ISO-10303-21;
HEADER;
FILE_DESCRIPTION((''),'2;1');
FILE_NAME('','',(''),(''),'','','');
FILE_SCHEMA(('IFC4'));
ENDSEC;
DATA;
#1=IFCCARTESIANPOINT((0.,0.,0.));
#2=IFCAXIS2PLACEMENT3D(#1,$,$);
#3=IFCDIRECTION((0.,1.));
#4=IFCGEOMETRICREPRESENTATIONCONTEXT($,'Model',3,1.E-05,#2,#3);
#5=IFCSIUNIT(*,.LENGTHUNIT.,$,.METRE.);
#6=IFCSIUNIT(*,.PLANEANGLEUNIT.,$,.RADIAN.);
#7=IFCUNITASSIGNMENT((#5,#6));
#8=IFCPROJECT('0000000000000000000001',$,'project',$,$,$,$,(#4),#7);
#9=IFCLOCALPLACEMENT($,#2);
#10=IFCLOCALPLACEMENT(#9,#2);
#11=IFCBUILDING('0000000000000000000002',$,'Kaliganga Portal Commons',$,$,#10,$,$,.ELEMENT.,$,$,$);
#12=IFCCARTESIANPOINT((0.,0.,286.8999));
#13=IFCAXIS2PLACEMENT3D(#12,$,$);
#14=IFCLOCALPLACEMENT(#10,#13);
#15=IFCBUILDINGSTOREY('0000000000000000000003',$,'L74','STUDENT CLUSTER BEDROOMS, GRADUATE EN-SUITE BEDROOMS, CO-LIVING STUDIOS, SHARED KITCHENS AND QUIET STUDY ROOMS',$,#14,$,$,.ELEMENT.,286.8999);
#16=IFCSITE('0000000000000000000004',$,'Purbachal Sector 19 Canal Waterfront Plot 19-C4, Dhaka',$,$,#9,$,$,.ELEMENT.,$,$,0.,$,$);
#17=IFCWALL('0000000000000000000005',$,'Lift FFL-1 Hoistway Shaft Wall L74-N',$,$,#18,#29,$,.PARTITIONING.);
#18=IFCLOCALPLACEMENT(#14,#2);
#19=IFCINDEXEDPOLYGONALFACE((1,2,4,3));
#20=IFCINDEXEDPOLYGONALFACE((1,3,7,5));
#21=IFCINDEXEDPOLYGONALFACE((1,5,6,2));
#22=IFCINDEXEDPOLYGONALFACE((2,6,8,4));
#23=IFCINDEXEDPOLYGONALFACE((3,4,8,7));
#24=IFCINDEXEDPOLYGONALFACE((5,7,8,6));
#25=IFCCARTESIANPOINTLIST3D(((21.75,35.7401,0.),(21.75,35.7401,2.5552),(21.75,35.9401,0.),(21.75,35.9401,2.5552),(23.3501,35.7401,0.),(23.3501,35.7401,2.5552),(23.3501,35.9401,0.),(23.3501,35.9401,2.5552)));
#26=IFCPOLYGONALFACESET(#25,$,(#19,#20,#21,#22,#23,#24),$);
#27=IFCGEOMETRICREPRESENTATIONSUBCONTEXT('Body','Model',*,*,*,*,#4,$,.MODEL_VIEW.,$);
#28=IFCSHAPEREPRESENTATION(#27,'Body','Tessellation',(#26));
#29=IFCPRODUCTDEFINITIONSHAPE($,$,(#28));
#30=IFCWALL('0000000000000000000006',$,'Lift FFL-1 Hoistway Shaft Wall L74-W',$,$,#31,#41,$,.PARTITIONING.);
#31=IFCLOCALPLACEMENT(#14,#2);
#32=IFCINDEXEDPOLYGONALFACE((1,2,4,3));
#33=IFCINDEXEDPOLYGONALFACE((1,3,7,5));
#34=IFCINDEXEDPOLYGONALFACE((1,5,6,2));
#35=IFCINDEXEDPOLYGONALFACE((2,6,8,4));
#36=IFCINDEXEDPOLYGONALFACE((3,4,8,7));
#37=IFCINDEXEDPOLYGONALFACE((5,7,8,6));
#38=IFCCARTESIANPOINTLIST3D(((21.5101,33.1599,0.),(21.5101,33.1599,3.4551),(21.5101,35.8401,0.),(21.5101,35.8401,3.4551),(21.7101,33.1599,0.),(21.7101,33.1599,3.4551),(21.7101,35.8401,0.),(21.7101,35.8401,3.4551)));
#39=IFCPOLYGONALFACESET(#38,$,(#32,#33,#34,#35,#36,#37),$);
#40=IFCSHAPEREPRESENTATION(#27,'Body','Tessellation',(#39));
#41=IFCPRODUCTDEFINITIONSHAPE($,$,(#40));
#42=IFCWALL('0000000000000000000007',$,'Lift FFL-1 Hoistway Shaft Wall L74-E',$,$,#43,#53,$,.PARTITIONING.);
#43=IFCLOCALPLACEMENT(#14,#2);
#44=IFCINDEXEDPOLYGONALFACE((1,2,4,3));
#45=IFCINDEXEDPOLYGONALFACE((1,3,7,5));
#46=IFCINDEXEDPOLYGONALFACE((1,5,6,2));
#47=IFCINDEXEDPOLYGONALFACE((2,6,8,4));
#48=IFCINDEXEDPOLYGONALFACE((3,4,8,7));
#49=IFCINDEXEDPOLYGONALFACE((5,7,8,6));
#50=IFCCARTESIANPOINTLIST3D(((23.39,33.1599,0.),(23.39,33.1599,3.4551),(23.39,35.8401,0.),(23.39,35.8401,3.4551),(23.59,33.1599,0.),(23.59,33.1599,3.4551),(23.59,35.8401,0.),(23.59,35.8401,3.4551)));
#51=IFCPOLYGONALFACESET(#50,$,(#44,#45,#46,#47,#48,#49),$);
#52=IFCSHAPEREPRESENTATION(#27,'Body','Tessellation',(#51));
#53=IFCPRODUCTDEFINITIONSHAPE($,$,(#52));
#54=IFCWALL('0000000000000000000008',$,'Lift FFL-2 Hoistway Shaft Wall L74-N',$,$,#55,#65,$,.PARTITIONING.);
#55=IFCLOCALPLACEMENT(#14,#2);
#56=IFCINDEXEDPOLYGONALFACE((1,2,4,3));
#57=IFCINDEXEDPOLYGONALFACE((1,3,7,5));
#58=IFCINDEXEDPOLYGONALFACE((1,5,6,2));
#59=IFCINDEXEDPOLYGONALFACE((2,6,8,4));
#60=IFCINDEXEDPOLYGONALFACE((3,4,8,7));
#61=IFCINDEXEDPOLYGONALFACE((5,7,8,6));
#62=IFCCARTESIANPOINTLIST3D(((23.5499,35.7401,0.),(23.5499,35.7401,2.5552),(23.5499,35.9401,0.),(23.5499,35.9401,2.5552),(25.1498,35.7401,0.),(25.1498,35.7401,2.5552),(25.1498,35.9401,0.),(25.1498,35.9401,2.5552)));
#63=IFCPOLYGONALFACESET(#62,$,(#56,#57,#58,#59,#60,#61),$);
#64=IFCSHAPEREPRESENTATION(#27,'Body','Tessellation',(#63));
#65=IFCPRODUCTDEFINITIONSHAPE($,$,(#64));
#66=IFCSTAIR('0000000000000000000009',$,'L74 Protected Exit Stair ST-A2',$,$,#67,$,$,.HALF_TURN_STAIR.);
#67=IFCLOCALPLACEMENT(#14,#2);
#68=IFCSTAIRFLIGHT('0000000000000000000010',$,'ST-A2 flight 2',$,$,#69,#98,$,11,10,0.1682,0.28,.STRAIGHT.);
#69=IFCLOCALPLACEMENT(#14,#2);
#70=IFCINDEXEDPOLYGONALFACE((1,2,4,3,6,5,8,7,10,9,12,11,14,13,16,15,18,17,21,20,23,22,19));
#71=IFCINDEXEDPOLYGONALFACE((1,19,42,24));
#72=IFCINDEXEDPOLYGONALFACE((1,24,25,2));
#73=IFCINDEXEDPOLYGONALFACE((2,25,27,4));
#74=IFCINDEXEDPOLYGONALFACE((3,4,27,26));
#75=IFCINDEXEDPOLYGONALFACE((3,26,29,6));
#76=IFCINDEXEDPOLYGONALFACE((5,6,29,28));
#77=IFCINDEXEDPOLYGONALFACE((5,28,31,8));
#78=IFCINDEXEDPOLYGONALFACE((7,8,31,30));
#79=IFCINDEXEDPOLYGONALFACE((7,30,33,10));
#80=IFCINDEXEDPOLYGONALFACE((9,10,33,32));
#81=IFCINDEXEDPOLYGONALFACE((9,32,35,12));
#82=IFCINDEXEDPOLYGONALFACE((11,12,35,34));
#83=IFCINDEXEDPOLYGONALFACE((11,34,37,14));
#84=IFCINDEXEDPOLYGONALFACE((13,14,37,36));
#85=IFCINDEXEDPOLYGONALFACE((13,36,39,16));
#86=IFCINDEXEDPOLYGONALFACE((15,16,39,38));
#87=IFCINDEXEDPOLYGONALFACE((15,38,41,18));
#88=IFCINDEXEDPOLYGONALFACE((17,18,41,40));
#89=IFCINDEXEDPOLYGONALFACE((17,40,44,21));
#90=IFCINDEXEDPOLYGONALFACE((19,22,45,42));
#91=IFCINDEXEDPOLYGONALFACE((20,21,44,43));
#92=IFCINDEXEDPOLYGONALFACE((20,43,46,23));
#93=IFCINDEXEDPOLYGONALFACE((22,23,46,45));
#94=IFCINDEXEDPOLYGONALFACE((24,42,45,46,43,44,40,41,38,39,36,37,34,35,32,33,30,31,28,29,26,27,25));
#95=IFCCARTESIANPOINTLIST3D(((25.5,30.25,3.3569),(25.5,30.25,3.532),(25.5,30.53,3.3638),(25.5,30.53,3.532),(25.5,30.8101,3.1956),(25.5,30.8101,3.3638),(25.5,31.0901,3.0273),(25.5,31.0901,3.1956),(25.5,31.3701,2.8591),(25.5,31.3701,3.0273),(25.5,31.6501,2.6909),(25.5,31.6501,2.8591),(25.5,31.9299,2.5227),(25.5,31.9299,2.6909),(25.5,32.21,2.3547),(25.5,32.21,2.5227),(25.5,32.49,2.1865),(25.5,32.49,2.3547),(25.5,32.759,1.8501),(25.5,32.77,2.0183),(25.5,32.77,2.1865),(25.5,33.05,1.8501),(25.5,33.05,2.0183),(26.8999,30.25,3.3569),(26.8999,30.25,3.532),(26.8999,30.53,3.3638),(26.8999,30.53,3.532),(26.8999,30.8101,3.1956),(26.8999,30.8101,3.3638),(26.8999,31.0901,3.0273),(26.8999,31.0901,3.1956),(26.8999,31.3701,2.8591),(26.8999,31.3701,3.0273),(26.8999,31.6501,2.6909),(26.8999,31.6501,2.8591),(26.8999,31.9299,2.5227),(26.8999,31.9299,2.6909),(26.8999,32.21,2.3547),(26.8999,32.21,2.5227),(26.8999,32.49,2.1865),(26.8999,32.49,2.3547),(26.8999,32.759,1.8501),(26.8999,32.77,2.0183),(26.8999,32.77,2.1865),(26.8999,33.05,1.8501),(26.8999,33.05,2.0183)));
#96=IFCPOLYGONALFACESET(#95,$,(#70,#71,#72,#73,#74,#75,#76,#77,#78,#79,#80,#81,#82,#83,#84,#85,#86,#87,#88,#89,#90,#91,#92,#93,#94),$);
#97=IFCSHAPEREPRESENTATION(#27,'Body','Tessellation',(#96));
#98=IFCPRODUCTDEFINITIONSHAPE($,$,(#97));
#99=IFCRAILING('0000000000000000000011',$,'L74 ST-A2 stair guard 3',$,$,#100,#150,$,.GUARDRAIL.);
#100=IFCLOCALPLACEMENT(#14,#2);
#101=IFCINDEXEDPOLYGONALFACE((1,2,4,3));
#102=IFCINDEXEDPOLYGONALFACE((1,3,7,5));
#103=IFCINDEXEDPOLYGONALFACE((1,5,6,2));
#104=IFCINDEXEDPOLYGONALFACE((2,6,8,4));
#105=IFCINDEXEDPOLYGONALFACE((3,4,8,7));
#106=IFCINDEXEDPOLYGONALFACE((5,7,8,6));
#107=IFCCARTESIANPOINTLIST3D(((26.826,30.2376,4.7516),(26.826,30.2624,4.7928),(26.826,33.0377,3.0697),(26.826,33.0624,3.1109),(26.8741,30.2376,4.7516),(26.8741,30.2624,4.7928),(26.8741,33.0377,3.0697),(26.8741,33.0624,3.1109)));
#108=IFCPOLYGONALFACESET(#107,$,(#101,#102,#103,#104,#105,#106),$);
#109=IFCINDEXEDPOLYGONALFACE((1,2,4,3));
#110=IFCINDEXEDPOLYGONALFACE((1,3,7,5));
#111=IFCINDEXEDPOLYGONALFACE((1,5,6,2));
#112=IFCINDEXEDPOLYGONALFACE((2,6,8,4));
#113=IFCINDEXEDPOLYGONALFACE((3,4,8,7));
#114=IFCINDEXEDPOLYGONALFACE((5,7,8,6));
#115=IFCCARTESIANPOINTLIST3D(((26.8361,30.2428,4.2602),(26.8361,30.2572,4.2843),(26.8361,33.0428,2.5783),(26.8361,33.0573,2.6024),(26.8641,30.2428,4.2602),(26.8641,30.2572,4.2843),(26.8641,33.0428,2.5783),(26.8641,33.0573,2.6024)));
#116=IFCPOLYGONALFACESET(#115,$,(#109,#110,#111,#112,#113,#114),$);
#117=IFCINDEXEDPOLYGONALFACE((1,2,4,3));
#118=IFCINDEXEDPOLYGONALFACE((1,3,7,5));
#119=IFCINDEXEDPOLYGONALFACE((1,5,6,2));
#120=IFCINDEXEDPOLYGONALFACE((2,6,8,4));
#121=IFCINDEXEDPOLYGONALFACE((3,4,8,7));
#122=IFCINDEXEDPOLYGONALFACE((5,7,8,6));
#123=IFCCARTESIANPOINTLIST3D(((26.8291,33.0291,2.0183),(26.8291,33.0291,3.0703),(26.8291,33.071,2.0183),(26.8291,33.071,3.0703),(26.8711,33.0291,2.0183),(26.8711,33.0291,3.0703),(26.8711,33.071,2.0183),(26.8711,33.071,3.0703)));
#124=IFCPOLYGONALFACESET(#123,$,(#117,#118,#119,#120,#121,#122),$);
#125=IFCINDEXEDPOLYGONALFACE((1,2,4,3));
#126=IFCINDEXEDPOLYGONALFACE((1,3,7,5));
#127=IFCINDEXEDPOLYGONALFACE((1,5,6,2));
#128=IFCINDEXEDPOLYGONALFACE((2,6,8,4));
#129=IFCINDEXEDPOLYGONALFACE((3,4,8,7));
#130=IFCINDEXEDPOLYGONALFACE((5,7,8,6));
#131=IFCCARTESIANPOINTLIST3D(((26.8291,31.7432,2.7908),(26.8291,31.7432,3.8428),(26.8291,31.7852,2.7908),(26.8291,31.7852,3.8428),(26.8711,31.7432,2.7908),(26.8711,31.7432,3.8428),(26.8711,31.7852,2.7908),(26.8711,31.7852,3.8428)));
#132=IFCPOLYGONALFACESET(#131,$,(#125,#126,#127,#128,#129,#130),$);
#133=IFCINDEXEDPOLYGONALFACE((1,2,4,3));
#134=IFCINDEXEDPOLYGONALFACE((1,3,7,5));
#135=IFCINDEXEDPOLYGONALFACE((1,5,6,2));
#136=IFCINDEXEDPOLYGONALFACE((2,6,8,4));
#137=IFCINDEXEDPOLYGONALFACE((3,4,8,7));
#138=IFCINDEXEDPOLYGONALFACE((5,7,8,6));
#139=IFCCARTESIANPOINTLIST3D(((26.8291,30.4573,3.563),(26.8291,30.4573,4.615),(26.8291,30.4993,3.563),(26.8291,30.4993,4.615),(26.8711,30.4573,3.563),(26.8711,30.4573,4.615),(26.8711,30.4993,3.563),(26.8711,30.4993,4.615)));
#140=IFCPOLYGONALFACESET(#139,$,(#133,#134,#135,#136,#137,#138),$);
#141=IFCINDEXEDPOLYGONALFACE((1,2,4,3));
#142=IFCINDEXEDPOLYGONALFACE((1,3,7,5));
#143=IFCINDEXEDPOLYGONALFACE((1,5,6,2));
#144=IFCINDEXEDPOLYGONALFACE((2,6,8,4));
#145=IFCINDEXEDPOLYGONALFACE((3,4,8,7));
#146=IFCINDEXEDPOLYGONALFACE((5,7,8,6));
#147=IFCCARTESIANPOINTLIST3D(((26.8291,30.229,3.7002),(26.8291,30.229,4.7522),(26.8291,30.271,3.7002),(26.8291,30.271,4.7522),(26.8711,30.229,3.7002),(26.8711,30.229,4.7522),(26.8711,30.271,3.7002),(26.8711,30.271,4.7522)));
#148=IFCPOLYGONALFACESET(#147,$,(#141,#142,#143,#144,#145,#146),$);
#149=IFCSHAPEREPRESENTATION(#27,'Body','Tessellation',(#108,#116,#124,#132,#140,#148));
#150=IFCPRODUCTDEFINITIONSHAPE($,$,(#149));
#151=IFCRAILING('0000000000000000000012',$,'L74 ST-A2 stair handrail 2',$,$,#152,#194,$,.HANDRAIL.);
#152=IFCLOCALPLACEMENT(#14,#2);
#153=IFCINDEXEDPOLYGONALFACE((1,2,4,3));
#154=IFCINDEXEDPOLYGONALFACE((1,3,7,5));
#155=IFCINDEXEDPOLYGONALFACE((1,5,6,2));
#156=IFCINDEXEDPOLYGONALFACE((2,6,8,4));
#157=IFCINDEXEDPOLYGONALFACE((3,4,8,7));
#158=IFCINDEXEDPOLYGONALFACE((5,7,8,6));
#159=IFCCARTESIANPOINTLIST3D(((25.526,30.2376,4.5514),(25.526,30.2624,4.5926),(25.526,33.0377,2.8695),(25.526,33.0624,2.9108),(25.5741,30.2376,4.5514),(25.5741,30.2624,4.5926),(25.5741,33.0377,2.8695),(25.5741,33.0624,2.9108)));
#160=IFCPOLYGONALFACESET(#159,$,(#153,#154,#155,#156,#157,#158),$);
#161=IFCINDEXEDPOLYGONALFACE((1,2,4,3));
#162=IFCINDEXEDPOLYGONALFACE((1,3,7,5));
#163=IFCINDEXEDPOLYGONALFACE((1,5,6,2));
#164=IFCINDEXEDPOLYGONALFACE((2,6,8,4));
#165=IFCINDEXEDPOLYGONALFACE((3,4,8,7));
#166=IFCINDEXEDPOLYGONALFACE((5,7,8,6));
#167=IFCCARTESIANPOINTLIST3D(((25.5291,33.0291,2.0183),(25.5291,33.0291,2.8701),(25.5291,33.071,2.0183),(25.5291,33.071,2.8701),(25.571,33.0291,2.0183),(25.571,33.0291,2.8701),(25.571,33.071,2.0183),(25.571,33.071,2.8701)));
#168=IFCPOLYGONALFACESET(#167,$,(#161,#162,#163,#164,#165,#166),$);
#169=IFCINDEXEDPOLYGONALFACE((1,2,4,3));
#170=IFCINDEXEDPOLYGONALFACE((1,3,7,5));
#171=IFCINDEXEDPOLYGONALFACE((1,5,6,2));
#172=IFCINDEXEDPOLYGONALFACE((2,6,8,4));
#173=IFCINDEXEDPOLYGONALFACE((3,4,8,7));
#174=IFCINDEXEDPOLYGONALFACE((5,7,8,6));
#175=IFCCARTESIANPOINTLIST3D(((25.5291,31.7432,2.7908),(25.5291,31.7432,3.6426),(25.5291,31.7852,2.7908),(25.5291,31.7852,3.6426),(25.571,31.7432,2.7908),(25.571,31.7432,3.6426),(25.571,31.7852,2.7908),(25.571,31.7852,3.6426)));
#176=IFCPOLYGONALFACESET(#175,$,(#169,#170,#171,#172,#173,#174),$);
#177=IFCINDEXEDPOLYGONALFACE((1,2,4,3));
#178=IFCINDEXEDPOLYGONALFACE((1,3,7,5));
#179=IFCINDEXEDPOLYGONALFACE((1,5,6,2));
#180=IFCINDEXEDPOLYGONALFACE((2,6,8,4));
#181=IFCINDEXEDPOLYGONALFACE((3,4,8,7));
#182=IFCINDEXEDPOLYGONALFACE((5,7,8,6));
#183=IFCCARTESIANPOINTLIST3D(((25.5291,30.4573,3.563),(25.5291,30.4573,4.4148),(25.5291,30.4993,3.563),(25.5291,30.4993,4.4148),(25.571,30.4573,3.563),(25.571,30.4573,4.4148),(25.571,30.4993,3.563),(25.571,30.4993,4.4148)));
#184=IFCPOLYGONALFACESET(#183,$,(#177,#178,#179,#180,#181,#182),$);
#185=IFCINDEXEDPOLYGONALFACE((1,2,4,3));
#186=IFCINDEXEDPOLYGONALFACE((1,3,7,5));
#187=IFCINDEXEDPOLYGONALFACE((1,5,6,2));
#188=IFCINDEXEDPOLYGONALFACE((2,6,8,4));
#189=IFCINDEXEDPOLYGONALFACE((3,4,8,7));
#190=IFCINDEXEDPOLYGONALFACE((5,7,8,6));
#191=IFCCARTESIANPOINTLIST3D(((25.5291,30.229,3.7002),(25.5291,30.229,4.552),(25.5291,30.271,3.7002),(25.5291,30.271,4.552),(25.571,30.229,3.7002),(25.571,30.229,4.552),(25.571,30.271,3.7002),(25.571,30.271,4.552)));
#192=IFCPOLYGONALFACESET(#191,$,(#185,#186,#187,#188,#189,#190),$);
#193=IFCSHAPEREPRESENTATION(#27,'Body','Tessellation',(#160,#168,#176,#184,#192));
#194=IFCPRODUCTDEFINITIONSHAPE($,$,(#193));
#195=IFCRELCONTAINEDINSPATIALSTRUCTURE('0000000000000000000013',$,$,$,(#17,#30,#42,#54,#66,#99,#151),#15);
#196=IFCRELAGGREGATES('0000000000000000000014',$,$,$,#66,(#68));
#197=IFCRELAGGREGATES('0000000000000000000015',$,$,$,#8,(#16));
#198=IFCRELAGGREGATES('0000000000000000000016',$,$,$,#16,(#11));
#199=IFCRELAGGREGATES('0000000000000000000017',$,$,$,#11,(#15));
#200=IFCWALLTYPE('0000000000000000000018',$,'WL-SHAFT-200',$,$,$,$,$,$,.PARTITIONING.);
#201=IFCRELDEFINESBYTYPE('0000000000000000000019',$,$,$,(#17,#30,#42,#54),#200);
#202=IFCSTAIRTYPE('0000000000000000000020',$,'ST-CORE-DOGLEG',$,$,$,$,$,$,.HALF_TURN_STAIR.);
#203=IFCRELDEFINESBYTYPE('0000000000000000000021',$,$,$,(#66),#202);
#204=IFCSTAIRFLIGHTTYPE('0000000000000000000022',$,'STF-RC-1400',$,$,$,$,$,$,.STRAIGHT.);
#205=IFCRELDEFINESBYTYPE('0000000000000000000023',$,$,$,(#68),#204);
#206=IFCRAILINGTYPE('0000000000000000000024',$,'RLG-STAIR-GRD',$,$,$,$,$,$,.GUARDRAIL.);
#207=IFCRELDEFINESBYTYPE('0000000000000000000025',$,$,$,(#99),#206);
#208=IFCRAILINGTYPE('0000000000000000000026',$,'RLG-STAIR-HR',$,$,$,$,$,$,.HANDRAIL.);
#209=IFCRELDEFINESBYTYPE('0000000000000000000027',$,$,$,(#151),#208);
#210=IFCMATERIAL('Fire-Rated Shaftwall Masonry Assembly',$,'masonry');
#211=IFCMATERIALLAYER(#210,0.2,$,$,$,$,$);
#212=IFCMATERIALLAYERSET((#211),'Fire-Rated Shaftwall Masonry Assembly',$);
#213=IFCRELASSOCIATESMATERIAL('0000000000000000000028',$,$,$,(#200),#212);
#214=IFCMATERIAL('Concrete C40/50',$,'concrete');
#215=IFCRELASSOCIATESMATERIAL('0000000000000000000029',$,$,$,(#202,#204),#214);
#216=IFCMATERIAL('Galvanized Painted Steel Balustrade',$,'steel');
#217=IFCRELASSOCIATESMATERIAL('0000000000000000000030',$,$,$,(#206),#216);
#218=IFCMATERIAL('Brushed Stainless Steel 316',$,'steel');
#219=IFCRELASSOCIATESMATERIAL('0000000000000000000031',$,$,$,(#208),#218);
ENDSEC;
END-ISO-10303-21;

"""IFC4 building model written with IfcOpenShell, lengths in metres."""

from ifc_helpers import new_model, si_unit, direction, frame, frame_2d, origin, origin_2d, place, context, subcontext, project, spatial, polyline, rectangle, outline, extrude, material, layer, layer_set, type_object, element, aggregate, save


model = new_model("IFC4")

# Units and contexts
model_context = context("Model", 3, precision=1e-05, world=origin(), true_north=direction((0.0, 1.0)))
body_context = subcontext(model_context, "Body", "Model", "MODEL_VIEW")
ifc_project = project(units=[si_unit("LENGTHUNIT", "METRE"), si_unit("PLANEANGLEUNIT", "RADIAN")], contexts=[model_context])

# Site, building, storey
site_placement = place(None, origin())
site = spatial("IfcSite", under=ifc_project, at=site_placement, Name="Purbachal Sector 19 Canal Waterfront Plot 19-C4, Dhaka", CompositionType="ELEMENT", RefElevation=0.0)
building_placement = place(site_placement, origin())
building = spatial("IfcBuilding", under=site, at=building_placement, Name="Kaliganga Portal Commons", CompositionType="ELEMENT")
storey_placement = place(building_placement, frame((0.0, 0.0, 286.8999)))
storey = spatial("IfcBuildingStorey", under=building, at=storey_placement, Name="L74", Description="STUDENT CLUSTER BEDROOMS, GRADUATE EN-SUITE BEDROOMS, CO-LIVING STUDIOS, SHARED KITCHENS AND QUIET STUDY ROOMS", CompositionType="ELEMENT", Elevation=286.8999)

# Shared definitions
ifc_material_1 = material(Name="Fire-Rated Shaftwall Masonry Assembly", Category="masonry")
ifc_layer_1 = layer(ifc_material_1, 0.2)
ifc_layer_set_1 = layer_set([ifc_layer_1], Name="Fire-Rated Shaftwall Masonry Assembly")
wall_type_1 = type_object("IfcWallType", Name="WL-SHAFT-200", PredefinedType="PARTITIONING", material=ifc_layer_set_1)

# Walls
wall_1_placement = place(storey_placement, frame((21.75, 35.8401, 0.0), z_axis=(0.0, 0.0, 1.0), x_axis=(1.0, 0.0, 0.0)))
element("IfcWall", 1, at=wall_1_placement, inside=storey, type_object=wall_type_1, Name="Lift FFL-1 Hoistway Shaft Wall L74-N", PredefinedType="PARTITIONING", context=body_context, shape_type="SweptSolid", body=[
    extrude(rectangle(XDim=1.6001, YDim=0.2, at=frame_2d((0.8, 0.0))), origin(), (0.0, 0.0, 1.0), 2.5552),
])
for number, where, z_axis, x_axis, name in (
    (2, (21.6101, 33.1599, 0.0), (0.0, 0.0, 1.0), (0.0, 1.0, 0.0), "Lift FFL-1 Hoistway Shaft Wall L74-W"),
    (3, (23.49, 33.1599, 0.0), (0.0, 0.0, 1.0), (0.0, 1.0, 0.0), "Lift FFL-1 Hoistway Shaft Wall L74-E"),
):
    element("IfcWall", number, at=place(storey_placement, frame(where, z_axis=z_axis, x_axis=x_axis)), inside=storey, type_object=wall_type_1, Name=name, PredefinedType="PARTITIONING", context=body_context, shape_type="SweptSolid", body=[
        extrude(rectangle(XDim=2.6802, YDim=0.2, at=frame_2d((1.3401, 0.0))), origin(), (0.0, 0.0, 1.0), 3.4551),
    ])

# Wall
wall_2_placement = place(storey_placement, frame((23.55, 35.8401, 0.0), z_axis=(0.0, 0.0, 1.0), x_axis=(1.0, 0.0, 0.0)))
element("IfcWall", 4, at=wall_2_placement, inside=storey, type_object=wall_type_1, Name="Lift FFL-2 Hoistway Shaft Wall L74-N", PredefinedType="PARTITIONING", context=body_context, shape_type="SweptSolid", body=[
    extrude(rectangle(XDim=1.5999, YDim=0.2, at=frame_2d((0.7998, 0.0))), origin(), (0.0, 0.0, 1.0), 2.5552),
])

# Stair, stair flight
ifc_material_2 = material(Name="Concrete C40/50", Category="concrete")
stair_type = type_object("IfcStairType", Name="ST-CORE-DOGLEG", PredefinedType="HALF_TURN_STAIR", material=ifc_material_2)
stair_placement = place(storey_placement, origin())
stair = element("IfcStair", 5, at=stair_placement, inside=storey, type_object=stair_type, Name="L74 Protected Exit Stair ST-A2", PredefinedType="HALF_TURN_STAIR")
stair_flight_type = type_object("IfcStairFlightType", Name="STF-RC-1400", PredefinedType="STRAIGHT", material=ifc_material_2)
stair_flight_placement = place(storey_placement, frame((26.2, 33.05, 1.8501), z_axis=(0.0, 0.0, 1.0), x_axis=(0.0, -1.0, 0.0)))
stair_flight = element("IfcStairFlight", 6, at=stair_flight_placement, type_object=stair_flight_type, Name="ST-A2 flight 2", NumberOfRisers=11, NumberOfTreads=10, PredefinedType="STRAIGHT", RiserHeight=0.1682, TreadLength=0.28, context=body_context, shape_type="SweptSolid", body=[
    extrude(outline(polyline([(0.0, 0.0), (0.0, 0.1682), (0.28, 0.1682), (0.28, 0.3364), (0.5601, 0.3364), (0.5601, 0.5046), (0.8401, 0.5046), (0.8401, 0.6726), (1.1201, 0.6726), (1.1201, 0.8408), (1.3999, 0.8408), (1.3999, 1.009), (1.6799, 1.009), (1.6799, 1.1772), (1.96, 1.1772), (1.96, 1.3455), (2.24, 1.3455), (2.24, 1.5137), (2.52, 1.5137), (2.52, 1.6819), (2.8, 1.6819), (2.8, 1.8501), (2.8, 1.5068), (0.291, 0.0), (0.0, 0.0)])), frame((0.0, 0.7, 0.0), z_axis=(0.0, -1.0, 0.0), x_axis=(1.0, 0.0, 0.0)), (0.0, 0.0, 1.0), 1.3999),
])
aggregate(stair, [stair_flight])

# Railings
ifc_material_3 = material(Name="Galvanized Painted Steel Balustrade", Category="steel")
railing_type_1 = type_object("IfcRailingType", Name="RLG-STAIR-GRD", PredefinedType="GUARDRAIL", material=ifc_material_3)
railing_1_placement = place(storey_placement, frame((26.8501, 33.05, 2.0183)))
element("IfcRailing", 7, at=railing_1_placement, inside=storey, type_object=railing_type_1, Name="L74 ST-A2 stair guard 3", PredefinedType="GUARDRAIL", context=body_context, shape_type="SweptSolid", body=[
    extrude(rectangle(XDim=0.0481, YDim=0.0481, at=origin_2d()), frame((0.0, 0.0, 1.072), z_axis=(0.0, -0.857242, 0.514913), x_axis=(1.0, 0.0, 0.0)), (0.0, 0.0, 1.0), 3.2664),
    extrude(rectangle(XDim=0.0281, YDim=0.0281, at=origin_2d()), frame((0.0, 0.0, 0.572), z_axis=(0.0, -0.857242, 0.514913), x_axis=(1.0, 0.0, 0.0)), (0.0, 0.0, 1.0), 3.2664),
    extrude(rectangle(XDim=0.042, YDim=0.042, at=origin_2d()), origin(), (0.0, 0.0, 1.0), 1.052),
    extrude(rectangle(XDim=0.042, YDim=0.042, at=origin_2d()), frame((0.0, -1.2859, 0.7725)), (0.0, 0.0, 1.0), 1.052),
    extrude(rectangle(XDim=0.042, YDim=0.042, at=origin_2d()), frame((0.0, -2.5718, 1.5447)), (0.0, 0.0, 1.0), 1.052),
    extrude(rectangle(XDim=0.042, YDim=0.042, at=origin_2d()), frame((0.0, -2.8, 1.6819)), (0.0, 0.0, 1.0), 1.052),
])
ifc_material_4 = material(Name="Brushed Stainless Steel 316", Category="steel")
railing_type_2 = type_object("IfcRailingType", Name="RLG-STAIR-HR", PredefinedType="HANDRAIL", material=ifc_material_4)
railing_2_placement = place(storey_placement, frame((25.55, 33.05, 2.0183)))
element("IfcRailing", 8, at=railing_2_placement, inside=storey, type_object=railing_type_2, Name="L74 ST-A2 stair handrail 2", PredefinedType="HANDRAIL", context=body_context, shape_type="SweptSolid", body=[
    extrude(rectangle(XDim=0.0481, YDim=0.0481, at=origin_2d()), frame((0.0, 0.0, 0.8718), z_axis=(0.0, -0.857242, 0.514913), x_axis=(1.0, 0.0, 0.0)), (0.0, 0.0, 1.0), 3.2664),
    extrude(rectangle(XDim=0.042, YDim=0.042, at=origin_2d()), origin(), (0.0, 0.0, 1.0), 0.8518),
    extrude(rectangle(XDim=0.042, YDim=0.042, at=origin_2d()), frame((0.0, -1.2859, 0.7725)), (0.0, 0.0, 1.0), 0.8518),
    extrude(rectangle(XDim=0.042, YDim=0.042, at=origin_2d()), frame((0.0, -2.5718, 1.5447)), (0.0, 0.0, 1.0), 0.8518),
    extrude(rectangle(XDim=0.042, YDim=0.042, at=origin_2d()), frame((0.0, -2.8, 1.6819)), (0.0, 0.0, 1.0), 0.8518),
])

save(model, "model.ifc")
